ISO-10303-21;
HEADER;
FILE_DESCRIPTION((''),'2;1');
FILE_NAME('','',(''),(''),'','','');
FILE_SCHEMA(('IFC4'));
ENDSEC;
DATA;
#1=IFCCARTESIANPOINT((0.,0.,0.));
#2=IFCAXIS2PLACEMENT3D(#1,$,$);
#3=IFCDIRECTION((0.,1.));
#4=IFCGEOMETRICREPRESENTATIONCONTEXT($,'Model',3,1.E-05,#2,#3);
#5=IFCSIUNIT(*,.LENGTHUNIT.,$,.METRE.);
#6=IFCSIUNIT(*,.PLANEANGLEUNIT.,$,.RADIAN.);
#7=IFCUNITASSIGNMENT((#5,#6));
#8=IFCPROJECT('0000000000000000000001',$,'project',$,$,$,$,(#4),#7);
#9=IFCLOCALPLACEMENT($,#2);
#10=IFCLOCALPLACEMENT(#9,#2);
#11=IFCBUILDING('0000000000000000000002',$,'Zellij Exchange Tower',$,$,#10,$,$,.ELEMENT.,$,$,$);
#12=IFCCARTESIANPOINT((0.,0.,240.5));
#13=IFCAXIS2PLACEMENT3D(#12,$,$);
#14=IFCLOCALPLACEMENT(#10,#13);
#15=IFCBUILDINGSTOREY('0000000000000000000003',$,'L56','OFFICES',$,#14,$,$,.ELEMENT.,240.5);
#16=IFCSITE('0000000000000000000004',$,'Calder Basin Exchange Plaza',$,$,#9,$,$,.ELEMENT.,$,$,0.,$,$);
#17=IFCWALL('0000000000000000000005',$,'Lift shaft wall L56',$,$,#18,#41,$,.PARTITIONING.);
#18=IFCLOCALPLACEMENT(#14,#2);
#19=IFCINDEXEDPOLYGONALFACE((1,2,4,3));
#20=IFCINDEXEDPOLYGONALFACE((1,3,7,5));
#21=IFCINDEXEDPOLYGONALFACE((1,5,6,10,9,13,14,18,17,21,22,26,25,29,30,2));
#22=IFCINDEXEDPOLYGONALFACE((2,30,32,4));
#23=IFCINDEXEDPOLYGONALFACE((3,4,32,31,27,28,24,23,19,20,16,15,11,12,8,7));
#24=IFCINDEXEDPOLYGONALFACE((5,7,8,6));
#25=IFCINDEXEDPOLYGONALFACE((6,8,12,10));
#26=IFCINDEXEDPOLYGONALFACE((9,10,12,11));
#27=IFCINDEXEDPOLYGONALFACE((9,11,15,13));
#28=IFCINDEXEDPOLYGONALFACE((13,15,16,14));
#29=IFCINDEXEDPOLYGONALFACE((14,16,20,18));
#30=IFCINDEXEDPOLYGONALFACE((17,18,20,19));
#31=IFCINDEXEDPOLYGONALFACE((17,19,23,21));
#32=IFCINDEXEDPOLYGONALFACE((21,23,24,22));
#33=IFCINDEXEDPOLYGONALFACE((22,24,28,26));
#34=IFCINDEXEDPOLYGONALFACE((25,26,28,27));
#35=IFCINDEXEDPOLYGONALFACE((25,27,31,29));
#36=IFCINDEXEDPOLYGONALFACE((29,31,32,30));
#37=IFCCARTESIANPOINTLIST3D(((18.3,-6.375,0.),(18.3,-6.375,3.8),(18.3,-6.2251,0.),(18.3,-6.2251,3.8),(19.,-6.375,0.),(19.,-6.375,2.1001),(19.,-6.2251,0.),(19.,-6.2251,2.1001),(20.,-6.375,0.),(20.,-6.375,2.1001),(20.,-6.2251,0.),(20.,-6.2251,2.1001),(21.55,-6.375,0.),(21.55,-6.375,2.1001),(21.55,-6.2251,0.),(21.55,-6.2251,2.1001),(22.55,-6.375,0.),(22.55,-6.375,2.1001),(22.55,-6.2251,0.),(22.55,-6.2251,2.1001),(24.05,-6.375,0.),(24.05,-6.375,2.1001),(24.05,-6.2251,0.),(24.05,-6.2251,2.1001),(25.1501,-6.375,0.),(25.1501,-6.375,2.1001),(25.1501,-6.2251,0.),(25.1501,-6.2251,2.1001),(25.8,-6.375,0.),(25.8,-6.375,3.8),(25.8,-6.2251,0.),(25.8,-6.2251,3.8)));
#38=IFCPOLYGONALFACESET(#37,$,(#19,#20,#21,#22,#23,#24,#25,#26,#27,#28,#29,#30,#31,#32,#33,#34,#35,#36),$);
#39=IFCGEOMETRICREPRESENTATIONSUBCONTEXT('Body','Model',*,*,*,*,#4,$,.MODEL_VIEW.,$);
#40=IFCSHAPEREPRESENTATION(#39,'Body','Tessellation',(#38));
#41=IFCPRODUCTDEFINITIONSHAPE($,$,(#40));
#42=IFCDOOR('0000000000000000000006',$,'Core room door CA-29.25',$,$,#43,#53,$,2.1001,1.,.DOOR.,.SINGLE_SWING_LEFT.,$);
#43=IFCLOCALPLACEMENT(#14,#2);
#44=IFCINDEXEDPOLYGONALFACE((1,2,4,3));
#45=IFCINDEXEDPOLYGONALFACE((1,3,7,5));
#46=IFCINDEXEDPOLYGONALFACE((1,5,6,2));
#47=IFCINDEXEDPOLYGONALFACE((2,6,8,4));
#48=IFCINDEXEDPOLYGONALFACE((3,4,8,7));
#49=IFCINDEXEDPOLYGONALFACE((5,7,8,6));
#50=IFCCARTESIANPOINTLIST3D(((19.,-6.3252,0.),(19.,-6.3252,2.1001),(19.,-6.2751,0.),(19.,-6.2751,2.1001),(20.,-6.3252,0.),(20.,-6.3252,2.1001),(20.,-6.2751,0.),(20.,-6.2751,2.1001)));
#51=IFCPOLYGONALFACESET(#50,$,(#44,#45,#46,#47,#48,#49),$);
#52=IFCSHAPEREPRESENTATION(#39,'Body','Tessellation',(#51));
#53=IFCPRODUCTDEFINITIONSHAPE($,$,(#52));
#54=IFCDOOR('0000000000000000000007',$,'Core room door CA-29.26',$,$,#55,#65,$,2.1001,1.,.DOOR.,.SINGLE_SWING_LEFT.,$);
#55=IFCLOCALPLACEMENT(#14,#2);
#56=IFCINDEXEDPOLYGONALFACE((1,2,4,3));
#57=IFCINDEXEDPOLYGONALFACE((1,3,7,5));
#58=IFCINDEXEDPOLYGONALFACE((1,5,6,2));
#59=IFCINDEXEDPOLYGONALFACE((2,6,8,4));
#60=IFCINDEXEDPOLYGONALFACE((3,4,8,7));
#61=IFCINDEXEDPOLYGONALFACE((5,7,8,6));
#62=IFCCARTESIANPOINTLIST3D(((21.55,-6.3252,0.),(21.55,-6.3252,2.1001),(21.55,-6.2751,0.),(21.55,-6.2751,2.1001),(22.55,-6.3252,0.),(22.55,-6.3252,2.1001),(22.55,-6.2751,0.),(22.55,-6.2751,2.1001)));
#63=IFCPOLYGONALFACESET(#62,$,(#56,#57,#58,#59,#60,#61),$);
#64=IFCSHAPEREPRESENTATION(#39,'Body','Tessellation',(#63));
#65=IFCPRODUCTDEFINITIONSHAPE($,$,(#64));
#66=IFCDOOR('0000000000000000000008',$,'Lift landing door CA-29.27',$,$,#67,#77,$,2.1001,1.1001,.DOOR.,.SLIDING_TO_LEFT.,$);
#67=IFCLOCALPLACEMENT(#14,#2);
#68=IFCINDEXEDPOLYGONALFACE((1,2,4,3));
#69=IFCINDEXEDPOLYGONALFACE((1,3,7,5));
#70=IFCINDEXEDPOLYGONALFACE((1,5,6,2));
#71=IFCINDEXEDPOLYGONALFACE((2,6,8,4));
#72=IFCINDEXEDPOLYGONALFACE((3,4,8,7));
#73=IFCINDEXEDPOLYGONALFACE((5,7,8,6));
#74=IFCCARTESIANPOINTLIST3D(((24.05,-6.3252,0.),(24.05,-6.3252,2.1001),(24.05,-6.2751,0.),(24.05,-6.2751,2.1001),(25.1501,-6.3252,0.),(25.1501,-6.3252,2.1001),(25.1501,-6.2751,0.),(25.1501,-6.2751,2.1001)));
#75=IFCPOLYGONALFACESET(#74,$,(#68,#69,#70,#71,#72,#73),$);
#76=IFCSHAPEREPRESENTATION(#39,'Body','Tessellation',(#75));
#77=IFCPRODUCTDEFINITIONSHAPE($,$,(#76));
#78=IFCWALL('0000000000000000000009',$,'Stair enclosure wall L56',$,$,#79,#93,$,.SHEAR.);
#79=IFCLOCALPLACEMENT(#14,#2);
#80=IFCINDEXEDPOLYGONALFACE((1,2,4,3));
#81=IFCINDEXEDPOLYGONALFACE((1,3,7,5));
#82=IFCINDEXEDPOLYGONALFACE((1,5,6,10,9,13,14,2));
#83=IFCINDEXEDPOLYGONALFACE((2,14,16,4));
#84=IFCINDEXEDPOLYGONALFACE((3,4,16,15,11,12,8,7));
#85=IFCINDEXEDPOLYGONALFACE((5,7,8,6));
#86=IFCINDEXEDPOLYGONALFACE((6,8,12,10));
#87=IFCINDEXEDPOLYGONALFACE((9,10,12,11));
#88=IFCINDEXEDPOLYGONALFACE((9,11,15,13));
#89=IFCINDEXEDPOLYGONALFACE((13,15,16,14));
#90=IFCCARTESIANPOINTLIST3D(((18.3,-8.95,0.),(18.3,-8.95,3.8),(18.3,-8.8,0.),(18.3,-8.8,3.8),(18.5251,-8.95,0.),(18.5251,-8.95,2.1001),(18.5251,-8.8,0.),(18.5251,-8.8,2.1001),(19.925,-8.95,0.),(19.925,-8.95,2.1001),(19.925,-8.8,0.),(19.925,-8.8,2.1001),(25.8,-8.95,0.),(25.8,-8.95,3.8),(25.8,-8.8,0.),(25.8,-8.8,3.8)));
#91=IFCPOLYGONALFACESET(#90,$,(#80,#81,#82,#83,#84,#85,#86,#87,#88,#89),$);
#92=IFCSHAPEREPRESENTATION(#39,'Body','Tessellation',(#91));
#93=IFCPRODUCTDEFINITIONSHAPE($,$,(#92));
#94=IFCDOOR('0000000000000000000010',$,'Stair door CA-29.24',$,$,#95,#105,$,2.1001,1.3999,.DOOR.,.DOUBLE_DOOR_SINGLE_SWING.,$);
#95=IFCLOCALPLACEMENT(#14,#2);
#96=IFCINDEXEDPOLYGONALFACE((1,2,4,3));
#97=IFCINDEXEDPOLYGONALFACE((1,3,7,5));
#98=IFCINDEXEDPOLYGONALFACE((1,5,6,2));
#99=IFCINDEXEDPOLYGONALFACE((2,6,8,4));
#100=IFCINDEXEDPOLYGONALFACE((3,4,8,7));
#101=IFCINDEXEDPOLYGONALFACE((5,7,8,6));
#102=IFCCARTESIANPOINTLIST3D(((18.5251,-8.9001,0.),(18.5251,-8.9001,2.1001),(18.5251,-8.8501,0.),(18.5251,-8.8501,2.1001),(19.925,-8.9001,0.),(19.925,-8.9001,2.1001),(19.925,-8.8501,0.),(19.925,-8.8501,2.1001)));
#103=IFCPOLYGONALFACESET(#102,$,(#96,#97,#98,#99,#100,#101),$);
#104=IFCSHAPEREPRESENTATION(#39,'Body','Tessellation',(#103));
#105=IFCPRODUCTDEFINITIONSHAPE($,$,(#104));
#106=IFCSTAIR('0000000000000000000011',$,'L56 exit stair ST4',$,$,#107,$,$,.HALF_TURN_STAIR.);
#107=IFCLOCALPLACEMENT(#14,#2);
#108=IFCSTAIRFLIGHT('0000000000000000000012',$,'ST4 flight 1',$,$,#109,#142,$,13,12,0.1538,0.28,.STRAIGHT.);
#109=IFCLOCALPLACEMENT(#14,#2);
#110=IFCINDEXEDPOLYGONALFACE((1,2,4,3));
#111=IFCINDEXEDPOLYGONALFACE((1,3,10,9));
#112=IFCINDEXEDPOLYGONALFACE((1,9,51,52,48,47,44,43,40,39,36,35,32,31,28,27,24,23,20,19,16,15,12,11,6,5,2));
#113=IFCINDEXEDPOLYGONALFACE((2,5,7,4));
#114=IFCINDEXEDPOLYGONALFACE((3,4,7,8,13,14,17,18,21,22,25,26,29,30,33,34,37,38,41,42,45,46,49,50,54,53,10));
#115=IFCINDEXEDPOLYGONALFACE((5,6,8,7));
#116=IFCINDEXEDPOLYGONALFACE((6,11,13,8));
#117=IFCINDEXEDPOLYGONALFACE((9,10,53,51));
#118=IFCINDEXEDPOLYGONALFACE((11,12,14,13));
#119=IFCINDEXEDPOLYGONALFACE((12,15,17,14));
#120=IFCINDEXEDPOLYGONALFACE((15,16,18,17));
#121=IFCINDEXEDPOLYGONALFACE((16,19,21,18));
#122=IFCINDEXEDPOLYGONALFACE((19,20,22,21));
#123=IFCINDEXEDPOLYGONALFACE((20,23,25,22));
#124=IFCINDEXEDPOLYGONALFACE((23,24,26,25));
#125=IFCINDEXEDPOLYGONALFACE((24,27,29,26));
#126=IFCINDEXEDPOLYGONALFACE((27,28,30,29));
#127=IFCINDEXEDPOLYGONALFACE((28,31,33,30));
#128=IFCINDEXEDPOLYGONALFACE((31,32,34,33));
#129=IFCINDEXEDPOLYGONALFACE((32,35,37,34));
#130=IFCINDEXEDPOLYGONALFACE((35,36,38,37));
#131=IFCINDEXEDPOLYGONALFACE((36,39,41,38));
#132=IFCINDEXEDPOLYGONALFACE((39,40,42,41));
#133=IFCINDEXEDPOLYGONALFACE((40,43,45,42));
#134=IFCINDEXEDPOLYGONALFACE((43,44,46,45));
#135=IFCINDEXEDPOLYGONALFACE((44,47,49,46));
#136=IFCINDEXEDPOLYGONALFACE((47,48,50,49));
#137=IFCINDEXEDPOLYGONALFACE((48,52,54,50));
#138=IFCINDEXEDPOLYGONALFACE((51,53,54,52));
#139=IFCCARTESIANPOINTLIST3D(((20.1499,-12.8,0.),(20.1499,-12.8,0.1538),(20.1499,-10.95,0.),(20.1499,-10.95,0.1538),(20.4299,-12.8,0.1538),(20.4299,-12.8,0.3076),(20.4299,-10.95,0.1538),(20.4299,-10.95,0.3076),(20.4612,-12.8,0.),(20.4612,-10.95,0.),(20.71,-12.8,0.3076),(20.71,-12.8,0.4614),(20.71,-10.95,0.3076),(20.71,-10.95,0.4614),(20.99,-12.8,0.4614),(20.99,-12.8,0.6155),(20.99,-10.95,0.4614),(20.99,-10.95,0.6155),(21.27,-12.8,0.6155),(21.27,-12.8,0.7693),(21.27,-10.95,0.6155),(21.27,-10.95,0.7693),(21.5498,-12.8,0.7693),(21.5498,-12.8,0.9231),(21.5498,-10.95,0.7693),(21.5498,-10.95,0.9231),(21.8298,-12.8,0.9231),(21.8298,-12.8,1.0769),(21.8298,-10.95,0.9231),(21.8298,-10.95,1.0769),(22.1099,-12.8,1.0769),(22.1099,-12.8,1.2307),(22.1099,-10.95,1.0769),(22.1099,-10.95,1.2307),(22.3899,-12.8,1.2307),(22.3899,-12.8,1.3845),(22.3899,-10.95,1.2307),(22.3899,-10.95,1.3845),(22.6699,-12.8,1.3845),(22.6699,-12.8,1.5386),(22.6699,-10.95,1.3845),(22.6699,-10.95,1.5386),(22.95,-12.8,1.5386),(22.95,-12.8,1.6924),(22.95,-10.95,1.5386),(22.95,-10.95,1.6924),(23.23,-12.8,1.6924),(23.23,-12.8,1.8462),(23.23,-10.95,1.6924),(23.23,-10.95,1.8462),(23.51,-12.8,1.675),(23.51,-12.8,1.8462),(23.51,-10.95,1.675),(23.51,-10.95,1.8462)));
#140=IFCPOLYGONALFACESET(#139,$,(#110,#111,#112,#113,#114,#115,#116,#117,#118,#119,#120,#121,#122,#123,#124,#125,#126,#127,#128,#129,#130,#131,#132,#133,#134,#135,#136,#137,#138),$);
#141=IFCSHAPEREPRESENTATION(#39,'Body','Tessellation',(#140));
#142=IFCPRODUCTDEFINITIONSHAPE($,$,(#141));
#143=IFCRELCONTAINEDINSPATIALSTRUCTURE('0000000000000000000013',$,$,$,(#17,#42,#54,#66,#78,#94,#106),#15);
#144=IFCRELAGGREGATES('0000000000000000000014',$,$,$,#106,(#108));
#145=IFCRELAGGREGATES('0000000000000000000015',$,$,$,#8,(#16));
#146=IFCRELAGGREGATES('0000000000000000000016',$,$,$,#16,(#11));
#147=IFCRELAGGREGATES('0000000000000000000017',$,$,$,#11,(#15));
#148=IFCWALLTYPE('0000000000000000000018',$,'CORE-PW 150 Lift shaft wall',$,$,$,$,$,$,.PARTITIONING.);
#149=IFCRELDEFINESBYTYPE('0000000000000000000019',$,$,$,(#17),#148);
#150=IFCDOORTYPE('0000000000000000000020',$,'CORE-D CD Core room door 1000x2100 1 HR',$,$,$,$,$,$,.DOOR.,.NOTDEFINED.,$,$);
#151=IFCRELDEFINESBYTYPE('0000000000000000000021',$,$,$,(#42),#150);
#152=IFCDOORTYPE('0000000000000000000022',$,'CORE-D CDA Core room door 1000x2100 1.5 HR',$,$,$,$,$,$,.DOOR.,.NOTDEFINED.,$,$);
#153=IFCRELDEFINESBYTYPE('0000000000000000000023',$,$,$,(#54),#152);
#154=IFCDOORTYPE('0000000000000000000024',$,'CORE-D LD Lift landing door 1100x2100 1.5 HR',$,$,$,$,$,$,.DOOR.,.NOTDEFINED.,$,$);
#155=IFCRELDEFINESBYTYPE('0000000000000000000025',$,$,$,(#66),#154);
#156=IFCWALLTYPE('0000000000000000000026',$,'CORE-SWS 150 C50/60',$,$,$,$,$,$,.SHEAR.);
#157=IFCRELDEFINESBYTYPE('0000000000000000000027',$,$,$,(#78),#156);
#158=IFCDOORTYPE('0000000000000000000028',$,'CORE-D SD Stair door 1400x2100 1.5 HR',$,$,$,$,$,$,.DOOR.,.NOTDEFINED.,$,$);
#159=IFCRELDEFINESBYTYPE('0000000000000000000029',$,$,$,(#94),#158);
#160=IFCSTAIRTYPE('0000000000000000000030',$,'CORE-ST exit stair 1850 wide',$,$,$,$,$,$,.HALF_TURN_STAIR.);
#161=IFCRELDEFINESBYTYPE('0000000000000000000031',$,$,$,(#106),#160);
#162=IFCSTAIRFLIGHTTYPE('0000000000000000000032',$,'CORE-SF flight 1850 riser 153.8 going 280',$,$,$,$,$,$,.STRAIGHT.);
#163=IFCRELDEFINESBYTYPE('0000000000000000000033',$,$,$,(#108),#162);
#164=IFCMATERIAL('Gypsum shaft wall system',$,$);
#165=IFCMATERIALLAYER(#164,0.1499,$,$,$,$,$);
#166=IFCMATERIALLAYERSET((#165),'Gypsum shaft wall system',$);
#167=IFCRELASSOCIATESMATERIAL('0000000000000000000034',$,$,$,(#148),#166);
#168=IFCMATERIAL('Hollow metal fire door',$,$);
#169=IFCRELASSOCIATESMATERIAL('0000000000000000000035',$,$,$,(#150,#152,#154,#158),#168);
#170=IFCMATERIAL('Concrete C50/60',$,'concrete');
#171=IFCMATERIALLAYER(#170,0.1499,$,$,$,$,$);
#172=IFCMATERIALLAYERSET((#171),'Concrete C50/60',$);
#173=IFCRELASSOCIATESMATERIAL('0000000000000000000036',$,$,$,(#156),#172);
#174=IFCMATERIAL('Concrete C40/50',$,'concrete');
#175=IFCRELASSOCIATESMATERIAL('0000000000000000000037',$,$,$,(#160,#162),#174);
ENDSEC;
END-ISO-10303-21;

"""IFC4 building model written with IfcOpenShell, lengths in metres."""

from ifc_helpers import new_model, si_unit, direction, frame, frame_2d, origin, place, context, subcontext, project, spatial, polyline, rectangle, outline, extrude, material, layer, layer_set, type_object, element, fill, aggregate, save


model = new_model("IFC4")

# Units and contexts
model_context = context("Model", 3, precision=1e-05, world=origin(), true_north=direction((0.0, 1.0)))
body_context = subcontext(model_context, "Body", "Model", "MODEL_VIEW")
ifc_project = project(units=[si_unit("LENGTHUNIT", "METRE"), si_unit("PLANEANGLEUNIT", "RADIAN")], contexts=[model_context])

# Site, building, storey
site_placement = place(None, origin())
site = spatial("IfcSite", under=ifc_project, at=site_placement, Name="Calder Basin Exchange Plaza", CompositionType="ELEMENT", RefElevation=0.0)
building_placement = place(site_placement, origin())
building = spatial("IfcBuilding", under=site, at=building_placement, Name="Zellij Exchange Tower", CompositionType="ELEMENT")
storey_placement = place(building_placement, frame((0.0, 0.0, 240.5)))
storey = spatial("IfcBuildingStorey", under=building, at=storey_placement, Name="L56", Description="OFFICES", CompositionType="ELEMENT", Elevation=240.5)

# Shared definitions
ifc_material_1 = material(Name="Concrete C50/60", Category="concrete")
ifc_material_2 = material(Name="Gypsum shaft wall system")
ifc_layer_1 = layer(ifc_material_2, 0.1499)
ifc_layer_set_1 = layer_set([ifc_layer_1], Name="Gypsum shaft wall system")
wall_type_1 = type_object("IfcWallType", Name="CORE-PW 150 Lift shaft wall", PredefinedType="PARTITIONING", material=ifc_layer_set_1)

# Wall, openings, doors
wall_1_placement = place(storey_placement, frame((18.3, -6.3, 0.0), z_axis=(0.0, 0.0, 1.0), x_axis=(1.0, 0.0, 0.0)))
wall_1 = element("IfcWall", 1, at=wall_1_placement, inside=storey, type_object=wall_type_1, Name="Lift shaft wall L56", PredefinedType="PARTITIONING", context=body_context, shape_type="SweptSolid", body=[
    extrude(rectangle(XDim=7.5, YDim=0.1499, at=frame_2d((3.75, 0.0))), origin(), (0.0, 0.0, 1.0), 3.8),
])
opening_1_placement = place(wall_1_placement, frame((0.7, 0.0, 0.0)))
opening_1 = element("IfcOpeningElement", 2, at=opening_1_placement, cuts=wall_1, PredefinedType="OPENING", context=body_context, shape_type="SweptSolid", body=[
    extrude(rectangle(XDim=1.0, YDim=2.1001, at=frame_2d((0.5, 1.05))), frame((0.0, 0.0869, 0.0), z_axis=(0.0, -1.0, 0.0), x_axis=(1.0, 0.0, 0.0)), (0.0, 0.0, 1.0), 0.1738),
])
opening_2_placement = place(wall_1_placement, frame((3.25, 0.0, 0.0)))
opening_2 = element("IfcOpeningElement", 3, at=opening_2_placement, cuts=wall_1, PredefinedType="OPENING", context=body_context, shape_type="SweptSolid", body=[
    extrude(rectangle(XDim=1.0, YDim=2.1001, at=frame_2d((0.5, 1.05))), frame((0.0, 0.0869, 0.0), z_axis=(0.0, -1.0, 0.0), x_axis=(1.0, 0.0, 0.0)), (0.0, 0.0, 1.0), 0.1738),
])
opening_3_placement = place(wall_1_placement, frame((5.75, 0.0, 0.0)))
opening_3 = element("IfcOpeningElement", 4, at=opening_3_placement, cuts=wall_1, PredefinedType="OPENING", context=body_context, shape_type="SweptSolid", body=[
    extrude(rectangle(XDim=1.1001, YDim=2.1001, at=frame_2d((0.55, 1.05))), frame((0.0, 0.0869, 0.0), z_axis=(0.0, -1.0, 0.0), x_axis=(1.0, 0.0, 0.0)), (0.0, 0.0, 1.0), 0.1738),
])
ifc_material_3 = material(Name="Hollow metal fire door")
door_type_1 = type_object("IfcDoorType", Name="CORE-D CD Core room door 1000x2100 1 HR", OperationType="NOTDEFINED", PredefinedType="DOOR", material=ifc_material_3)
door_1_placement = place(opening_1_placement, origin())
door_1 = element("IfcDoor", 5, at=door_1_placement, inside=storey, type_object=door_type_1, Name="Core room door CA-29.25", OperationType="SINGLE_SWING_LEFT", OverallHeight=2.1001, OverallWidth=1.0, PredefinedType="DOOR", context=body_context, shape_type="SweptSolid", body=[
    extrude(rectangle(XDim=1.0, YDim=2.1001, at=frame_2d((0.5, 1.05))), frame((0.0, 0.0249, 0.0), z_axis=(0.0, -1.0, 0.0), x_axis=(1.0, 0.0, 0.0)), (0.0, 0.0, 1.0), 0.05),
])
fill(opening_1, door_1)
door_type_2 = type_object("IfcDoorType", Name="CORE-D CDA Core room door 1000x2100 1.5 HR", OperationType="NOTDEFINED", PredefinedType="DOOR", material=ifc_material_3)
door_2_placement = place(opening_2_placement, origin())
door_2 = element("IfcDoor", 6, at=door_2_placement, inside=storey, type_object=door_type_2, Name="Core room door CA-29.26", OperationType="SINGLE_SWING_LEFT", OverallHeight=2.1001, OverallWidth=1.0, PredefinedType="DOOR", context=body_context, shape_type="SweptSolid", body=[
    extrude(rectangle(XDim=1.0, YDim=2.1001, at=frame_2d((0.5, 1.05))), frame((0.0, 0.0249, 0.0), z_axis=(0.0, -1.0, 0.0), x_axis=(1.0, 0.0, 0.0)), (0.0, 0.0, 1.0), 0.05),
])
fill(opening_2, door_2)
door_type_3 = type_object("IfcDoorType", Name="CORE-D LD Lift landing door 1100x2100 1.5 HR", OperationType="NOTDEFINED", PredefinedType="DOOR", material=ifc_material_3)
door_3_placement = place(opening_3_placement, origin())
door_3 = element("IfcDoor", 7, at=door_3_placement, inside=storey, type_object=door_type_3, Name="Lift landing door CA-29.27", OperationType="SLIDING_TO_LEFT", OverallHeight=2.1001, OverallWidth=1.1001, PredefinedType="DOOR", context=body_context, shape_type="SweptSolid", body=[
    extrude(rectangle(XDim=1.1001, YDim=2.1001, at=frame_2d((0.55, 1.05))), frame((0.0, 0.0249, 0.0), z_axis=(0.0, -1.0, 0.0), x_axis=(1.0, 0.0, 0.0)), (0.0, 0.0, 1.0), 0.05),
])
fill(opening_3, door_3)

# Wall, opening, door
ifc_layer_2 = layer(ifc_material_1, 0.1499)
ifc_layer_set_2 = layer_set([ifc_layer_2], Name="Concrete C50/60")
wall_type_2 = type_object("IfcWallType", Name="CORE-SWS 150 C50/60", PredefinedType="SHEAR", material=ifc_layer_set_2)
wall_2_placement = place(storey_placement, frame((18.3, -8.875, 0.0), z_axis=(0.0, 0.0, 1.0), x_axis=(1.0, 0.0, 0.0)))
wall_2 = element("IfcWall", 8, at=wall_2_placement, inside=storey, type_object=wall_type_2, Name="Stair enclosure wall L56", PredefinedType="SHEAR", context=body_context, shape_type="SweptSolid", body=[
    extrude(rectangle(XDim=7.5, YDim=0.1499, at=frame_2d((3.75, 0.0))), origin(), (0.0, 0.0, 1.0), 3.8),
])
opening_4_placement = place(wall_2_placement, frame((0.2251, 0.0, 0.0)))
opening_4 = element("IfcOpeningElement", 9, at=opening_4_placement, cuts=wall_2, PredefinedType="OPENING", context=body_context, shape_type="SweptSolid", body=[
    extrude(rectangle(XDim=1.3999, YDim=2.1001, at=frame_2d((0.7, 1.05))), frame((0.0, 0.0869, 0.0), z_axis=(0.0, -1.0, 0.0), x_axis=(1.0, 0.0, 0.0)), (0.0, 0.0, 1.0), 0.1738),
])
door_type_4 = type_object("IfcDoorType", Name="CORE-D SD Stair door 1400x2100 1.5 HR", OperationType="NOTDEFINED", PredefinedType="DOOR", material=ifc_material_3)
door_4_placement = place(opening_4_placement, origin())
door_4 = element("IfcDoor", 10, at=door_4_placement, inside=storey, type_object=door_type_4, Name="Stair door CA-29.24", OperationType="DOUBLE_DOOR_SINGLE_SWING", OverallHeight=2.1001, OverallWidth=1.3999, PredefinedType="DOOR", context=body_context, shape_type="SweptSolid", body=[
    extrude(rectangle(XDim=1.3999, YDim=2.1001, at=frame_2d((0.7, 1.05))), frame((0.0, 0.0249, 0.0), z_axis=(0.0, -1.0, 0.0), x_axis=(1.0, 0.0, 0.0)), (0.0, 0.0, 1.0), 0.05),
])
fill(opening_4, door_4)

# Stair, stair flight
ifc_material_4 = material(Name="Concrete C40/50", Category="concrete")
stair_type = type_object("IfcStairType", Name="CORE-ST exit stair 1850 wide", PredefinedType="HALF_TURN_STAIR", material=ifc_material_4)
stair_placement = place(storey_placement, origin())
stair = element("IfcStair", 11, at=stair_placement, inside=storey, type_object=stair_type, Name="L56 exit stair ST4", PredefinedType="HALF_TURN_STAIR")
stair_flight_type = type_object("IfcStairFlightType", Name="CORE-SF flight 1850 riser 153.8 going 280", PredefinedType="STRAIGHT", material=ifc_material_4)
stair_flight_1_placement = place(storey_placement, frame((20.1499, -11.875, 0.0), z_axis=(0.0, 0.0, 1.0), x_axis=(1.0, 0.0, 0.0)))
stair_flight_1 = element("IfcStairFlight", 12, at=stair_flight_1_placement, type_object=stair_flight_type, Name="ST4 flight 1", NumberOfRisers=13, NumberOfTreads=12, PredefinedType="STRAIGHT", RiserHeight=0.1538, TreadLength=0.28, context=body_context, shape_type="SweptSolid", body=[
    extrude(outline(polyline([(0.0, 0.0), (0.0, 0.1538), (0.28, 0.1538), (0.28, 0.3076), (0.5601, 0.3076), (0.5601, 0.4614), (0.8401, 0.4614), (0.8401, 0.6155), (1.1201, 0.6155), (1.1201, 0.7693), (1.3999, 0.7693), (1.3999, 0.9231), (1.6799, 0.9231), (1.6799, 1.0769), (1.96, 1.0769), (1.96, 1.2307), (2.24, 1.2307), (2.24, 1.3845), (2.52, 1.3845), (2.52, 1.5386), (2.8, 1.5386), (2.8, 1.6924), (3.0801, 1.6924), (3.0801, 1.8462), (3.3601, 1.8462), (3.3601, 2.0), (3.3601, 1.675), (0.3113, 0.0), (0.0, 0.0)])), frame((0.0, 0.925, 0.0), z_axis=(0.0, -1.0, 0.0), x_axis=(1.0, 0.0, 0.0)), (0.0, 0.0, 1.0), 1.8501),
])
aggregate(stair, [stair_flight_1])

save(model, "model.ifc")
